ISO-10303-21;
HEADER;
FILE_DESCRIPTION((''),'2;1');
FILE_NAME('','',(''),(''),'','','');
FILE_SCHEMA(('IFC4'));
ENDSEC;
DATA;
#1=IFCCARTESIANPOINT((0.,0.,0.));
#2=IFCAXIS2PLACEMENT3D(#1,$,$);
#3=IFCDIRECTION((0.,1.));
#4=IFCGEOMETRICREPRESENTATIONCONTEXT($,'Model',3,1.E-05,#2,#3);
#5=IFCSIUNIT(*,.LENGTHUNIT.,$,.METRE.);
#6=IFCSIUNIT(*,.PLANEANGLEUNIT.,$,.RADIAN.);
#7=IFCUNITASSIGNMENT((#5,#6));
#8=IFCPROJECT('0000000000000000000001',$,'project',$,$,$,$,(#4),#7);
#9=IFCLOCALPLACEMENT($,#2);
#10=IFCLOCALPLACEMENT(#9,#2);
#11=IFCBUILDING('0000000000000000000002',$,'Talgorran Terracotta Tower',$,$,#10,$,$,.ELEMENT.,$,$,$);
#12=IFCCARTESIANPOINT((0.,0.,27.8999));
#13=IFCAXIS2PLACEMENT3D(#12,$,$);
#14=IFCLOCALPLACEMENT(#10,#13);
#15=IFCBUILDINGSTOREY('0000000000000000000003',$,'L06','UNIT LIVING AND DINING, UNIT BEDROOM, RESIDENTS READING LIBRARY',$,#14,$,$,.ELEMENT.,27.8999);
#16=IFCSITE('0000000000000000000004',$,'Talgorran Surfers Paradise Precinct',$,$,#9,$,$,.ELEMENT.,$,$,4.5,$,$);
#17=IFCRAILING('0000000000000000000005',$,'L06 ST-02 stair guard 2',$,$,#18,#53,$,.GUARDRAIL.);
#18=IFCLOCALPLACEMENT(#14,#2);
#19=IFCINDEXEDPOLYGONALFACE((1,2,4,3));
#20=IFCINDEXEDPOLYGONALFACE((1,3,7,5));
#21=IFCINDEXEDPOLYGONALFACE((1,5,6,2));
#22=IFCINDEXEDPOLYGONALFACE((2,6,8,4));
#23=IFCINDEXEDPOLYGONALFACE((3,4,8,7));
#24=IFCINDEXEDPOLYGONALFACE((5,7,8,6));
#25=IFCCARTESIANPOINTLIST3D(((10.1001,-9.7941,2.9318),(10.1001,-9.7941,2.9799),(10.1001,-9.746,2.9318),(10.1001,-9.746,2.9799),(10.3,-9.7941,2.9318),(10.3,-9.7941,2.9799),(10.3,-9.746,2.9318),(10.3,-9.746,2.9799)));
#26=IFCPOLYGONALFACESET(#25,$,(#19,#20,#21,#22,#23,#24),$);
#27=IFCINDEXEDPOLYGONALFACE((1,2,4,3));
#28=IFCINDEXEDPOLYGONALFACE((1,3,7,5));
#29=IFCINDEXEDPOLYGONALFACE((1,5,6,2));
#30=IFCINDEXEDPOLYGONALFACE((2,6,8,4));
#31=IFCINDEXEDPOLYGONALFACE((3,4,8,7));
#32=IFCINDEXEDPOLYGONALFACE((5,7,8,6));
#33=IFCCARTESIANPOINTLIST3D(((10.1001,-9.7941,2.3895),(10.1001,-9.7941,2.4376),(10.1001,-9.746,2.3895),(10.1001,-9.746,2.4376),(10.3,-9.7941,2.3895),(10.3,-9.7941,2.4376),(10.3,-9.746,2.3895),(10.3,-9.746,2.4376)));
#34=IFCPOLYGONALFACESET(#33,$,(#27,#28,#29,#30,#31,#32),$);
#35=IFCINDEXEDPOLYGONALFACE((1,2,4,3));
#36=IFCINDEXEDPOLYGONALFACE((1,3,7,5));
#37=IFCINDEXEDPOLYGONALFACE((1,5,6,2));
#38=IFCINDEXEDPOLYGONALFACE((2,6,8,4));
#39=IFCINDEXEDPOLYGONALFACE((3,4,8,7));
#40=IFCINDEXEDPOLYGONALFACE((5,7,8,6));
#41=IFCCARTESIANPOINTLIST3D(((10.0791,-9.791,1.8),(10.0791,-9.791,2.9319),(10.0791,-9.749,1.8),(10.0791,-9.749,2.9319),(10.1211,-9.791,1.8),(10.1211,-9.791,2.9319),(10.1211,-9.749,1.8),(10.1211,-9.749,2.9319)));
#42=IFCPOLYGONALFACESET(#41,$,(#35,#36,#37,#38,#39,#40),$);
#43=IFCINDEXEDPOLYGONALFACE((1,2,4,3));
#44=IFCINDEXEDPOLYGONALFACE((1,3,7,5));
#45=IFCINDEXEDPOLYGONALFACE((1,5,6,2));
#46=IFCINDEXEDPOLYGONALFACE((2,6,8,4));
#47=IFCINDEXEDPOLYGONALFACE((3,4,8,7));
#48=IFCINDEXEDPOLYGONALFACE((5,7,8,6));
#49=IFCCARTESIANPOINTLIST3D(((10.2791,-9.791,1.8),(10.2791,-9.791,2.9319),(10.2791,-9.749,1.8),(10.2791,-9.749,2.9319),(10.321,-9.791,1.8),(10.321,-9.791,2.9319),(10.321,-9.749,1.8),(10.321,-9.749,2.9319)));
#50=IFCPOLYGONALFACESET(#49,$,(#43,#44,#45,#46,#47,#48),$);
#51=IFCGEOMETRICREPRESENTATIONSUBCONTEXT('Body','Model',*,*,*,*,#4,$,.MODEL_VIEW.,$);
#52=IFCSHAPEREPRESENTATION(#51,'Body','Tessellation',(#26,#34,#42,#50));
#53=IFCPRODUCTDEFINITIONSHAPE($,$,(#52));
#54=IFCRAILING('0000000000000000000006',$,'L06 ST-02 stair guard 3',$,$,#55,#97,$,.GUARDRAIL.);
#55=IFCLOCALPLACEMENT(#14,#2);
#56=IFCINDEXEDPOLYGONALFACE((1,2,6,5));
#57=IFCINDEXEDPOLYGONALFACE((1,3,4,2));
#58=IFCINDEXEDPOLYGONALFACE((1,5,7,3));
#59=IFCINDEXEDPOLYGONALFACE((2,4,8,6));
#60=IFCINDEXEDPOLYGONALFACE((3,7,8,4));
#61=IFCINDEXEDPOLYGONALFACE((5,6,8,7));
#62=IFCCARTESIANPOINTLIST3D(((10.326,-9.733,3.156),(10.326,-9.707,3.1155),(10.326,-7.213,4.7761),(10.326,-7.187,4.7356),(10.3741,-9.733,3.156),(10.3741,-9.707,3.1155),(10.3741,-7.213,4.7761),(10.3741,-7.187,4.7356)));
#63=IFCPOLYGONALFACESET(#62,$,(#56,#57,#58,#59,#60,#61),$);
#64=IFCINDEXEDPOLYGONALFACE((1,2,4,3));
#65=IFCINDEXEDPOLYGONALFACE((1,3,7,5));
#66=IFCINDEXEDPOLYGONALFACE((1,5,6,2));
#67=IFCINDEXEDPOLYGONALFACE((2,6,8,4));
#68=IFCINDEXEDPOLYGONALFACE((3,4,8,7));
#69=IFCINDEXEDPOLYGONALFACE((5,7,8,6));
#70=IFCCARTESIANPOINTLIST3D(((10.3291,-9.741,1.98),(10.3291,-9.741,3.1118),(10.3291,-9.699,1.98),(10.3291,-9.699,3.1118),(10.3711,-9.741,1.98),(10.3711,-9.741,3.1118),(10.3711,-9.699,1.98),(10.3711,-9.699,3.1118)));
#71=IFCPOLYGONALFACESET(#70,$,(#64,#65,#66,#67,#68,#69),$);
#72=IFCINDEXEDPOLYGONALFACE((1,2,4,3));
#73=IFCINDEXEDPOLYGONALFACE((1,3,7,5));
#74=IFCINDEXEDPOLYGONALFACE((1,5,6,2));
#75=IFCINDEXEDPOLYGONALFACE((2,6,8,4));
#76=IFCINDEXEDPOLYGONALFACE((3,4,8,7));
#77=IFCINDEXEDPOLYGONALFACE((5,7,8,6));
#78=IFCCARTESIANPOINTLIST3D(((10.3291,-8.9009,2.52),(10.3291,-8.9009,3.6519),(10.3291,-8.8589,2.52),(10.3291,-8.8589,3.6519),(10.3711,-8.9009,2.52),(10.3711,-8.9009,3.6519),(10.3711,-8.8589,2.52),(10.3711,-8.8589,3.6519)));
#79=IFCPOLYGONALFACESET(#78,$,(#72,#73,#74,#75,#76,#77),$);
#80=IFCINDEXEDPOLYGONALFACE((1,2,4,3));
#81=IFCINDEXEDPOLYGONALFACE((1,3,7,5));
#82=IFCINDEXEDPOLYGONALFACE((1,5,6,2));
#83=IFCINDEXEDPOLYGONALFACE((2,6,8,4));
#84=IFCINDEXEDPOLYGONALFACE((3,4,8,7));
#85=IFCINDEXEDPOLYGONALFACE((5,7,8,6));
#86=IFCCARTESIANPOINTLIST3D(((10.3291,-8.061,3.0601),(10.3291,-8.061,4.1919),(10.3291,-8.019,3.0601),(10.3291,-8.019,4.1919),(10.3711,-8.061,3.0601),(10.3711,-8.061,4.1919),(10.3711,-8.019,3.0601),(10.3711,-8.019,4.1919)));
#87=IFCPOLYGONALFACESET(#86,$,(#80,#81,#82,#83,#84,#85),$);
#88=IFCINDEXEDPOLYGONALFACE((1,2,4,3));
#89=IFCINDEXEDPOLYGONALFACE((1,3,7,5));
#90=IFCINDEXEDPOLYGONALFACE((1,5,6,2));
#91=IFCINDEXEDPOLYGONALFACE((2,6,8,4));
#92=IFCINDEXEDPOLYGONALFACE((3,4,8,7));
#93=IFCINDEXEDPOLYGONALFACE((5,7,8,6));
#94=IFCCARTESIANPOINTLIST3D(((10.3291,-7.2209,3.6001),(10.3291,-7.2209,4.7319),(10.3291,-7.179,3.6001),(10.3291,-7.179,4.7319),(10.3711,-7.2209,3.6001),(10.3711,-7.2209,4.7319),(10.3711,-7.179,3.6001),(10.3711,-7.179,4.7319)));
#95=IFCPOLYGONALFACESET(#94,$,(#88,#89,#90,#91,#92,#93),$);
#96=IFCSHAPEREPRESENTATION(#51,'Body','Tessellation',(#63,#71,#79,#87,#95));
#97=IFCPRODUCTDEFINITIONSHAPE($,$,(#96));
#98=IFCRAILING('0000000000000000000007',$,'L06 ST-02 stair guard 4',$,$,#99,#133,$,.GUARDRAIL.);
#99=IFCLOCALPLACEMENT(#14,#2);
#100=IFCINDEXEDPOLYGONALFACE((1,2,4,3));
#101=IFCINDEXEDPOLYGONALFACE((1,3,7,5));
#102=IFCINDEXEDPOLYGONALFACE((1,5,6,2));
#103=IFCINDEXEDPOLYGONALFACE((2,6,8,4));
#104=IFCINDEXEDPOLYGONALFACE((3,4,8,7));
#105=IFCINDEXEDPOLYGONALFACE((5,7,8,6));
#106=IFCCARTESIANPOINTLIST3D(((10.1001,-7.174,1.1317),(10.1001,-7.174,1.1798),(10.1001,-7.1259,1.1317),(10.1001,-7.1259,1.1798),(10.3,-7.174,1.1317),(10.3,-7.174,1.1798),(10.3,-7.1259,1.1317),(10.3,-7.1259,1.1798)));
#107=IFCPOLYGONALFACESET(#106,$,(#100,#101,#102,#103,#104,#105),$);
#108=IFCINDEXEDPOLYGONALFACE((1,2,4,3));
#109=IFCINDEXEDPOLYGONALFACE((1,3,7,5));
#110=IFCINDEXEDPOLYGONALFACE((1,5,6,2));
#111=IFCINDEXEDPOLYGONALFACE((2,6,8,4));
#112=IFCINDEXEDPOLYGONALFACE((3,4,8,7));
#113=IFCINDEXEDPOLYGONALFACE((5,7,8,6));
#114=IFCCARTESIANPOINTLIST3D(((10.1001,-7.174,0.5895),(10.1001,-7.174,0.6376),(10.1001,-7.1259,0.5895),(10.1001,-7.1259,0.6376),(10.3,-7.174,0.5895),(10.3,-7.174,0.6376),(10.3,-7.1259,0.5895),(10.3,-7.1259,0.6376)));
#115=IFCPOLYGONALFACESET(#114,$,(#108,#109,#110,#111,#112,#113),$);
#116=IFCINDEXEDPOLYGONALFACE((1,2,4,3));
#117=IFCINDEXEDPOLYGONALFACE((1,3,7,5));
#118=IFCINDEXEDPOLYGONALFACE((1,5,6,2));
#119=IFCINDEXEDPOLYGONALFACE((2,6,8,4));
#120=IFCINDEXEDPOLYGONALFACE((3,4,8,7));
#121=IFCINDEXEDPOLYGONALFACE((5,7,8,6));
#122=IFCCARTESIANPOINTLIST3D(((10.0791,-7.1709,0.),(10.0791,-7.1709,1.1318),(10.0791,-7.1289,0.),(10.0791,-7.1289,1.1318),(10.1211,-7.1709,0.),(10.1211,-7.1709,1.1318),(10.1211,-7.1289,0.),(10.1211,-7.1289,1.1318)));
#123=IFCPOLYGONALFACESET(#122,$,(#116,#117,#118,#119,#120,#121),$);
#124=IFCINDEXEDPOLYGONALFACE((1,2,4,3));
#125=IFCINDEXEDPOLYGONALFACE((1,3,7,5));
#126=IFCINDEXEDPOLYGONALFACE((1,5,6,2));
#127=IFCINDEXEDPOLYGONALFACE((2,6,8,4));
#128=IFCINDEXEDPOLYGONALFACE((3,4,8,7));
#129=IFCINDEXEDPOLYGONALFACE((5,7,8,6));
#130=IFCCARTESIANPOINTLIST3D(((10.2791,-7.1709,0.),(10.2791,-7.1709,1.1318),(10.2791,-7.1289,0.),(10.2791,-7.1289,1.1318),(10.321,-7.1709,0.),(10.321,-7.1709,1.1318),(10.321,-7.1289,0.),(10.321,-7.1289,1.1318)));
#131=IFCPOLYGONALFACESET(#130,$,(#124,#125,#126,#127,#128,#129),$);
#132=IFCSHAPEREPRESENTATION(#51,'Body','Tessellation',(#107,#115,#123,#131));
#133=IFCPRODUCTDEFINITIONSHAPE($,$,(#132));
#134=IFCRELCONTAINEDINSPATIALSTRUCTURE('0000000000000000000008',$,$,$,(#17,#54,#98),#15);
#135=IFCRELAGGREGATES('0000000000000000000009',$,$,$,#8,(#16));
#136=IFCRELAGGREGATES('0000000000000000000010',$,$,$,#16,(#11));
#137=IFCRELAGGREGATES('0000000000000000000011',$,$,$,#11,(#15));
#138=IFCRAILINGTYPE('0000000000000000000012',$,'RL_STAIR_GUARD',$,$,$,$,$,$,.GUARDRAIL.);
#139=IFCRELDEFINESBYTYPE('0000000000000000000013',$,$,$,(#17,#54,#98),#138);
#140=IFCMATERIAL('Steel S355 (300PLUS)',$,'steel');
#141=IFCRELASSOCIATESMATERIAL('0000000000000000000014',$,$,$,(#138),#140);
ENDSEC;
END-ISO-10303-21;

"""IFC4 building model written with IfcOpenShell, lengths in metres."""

from ifc_helpers import new_model, si_unit, direction, frame, origin, origin_2d, place, context, subcontext, project, spatial, rectangle, extrude, material, type_object, element, save


model = new_model("IFC4")

# Units and contexts
model_context = context("Model", 3, precision=1e-05, world=origin(), true_north=direction((0.0, 1.0)))
body_context = subcontext(model_context, "Body", "Model", "MODEL_VIEW")
ifc_project = project(units=[si_unit("LENGTHUNIT", "METRE"), si_unit("PLANEANGLEUNIT", "RADIAN")], contexts=[model_context])

# Site, building, storey
site_placement = place(None, origin())
site = spatial("IfcSite", under=ifc_project, at=site_placement, Name="Talgorran Surfers Paradise Precinct", CompositionType="ELEMENT", RefElevation=4.5)
building_placement = place(site_placement, origin())
building = spatial("IfcBuilding", under=site, at=building_placement, Name="Talgorran Terracotta Tower", CompositionType="ELEMENT")
storey_placement = place(building_placement, frame((0.0, 0.0, 27.8999)))
storey = spatial("IfcBuildingStorey", under=building, at=storey_placement, Name="L06", Description="UNIT LIVING AND DINING, UNIT BEDROOM, RESIDENTS READING LIBRARY", CompositionType="ELEMENT", Elevation=27.8999)

# Shared definitions
ifc_material_1 = material(Name="Steel S355 (300PLUS)", Category="steel")

# Railings
railing_type_1 = type_object("IfcRailingType", Name="RL_STAIR_GUARD", PredefinedType="GUARDRAIL", material=ifc_material_1)
railing_1_placement = place(storey_placement, frame((10.1001, -9.77, 1.8)))
element("IfcRailing", 1, at=railing_1_placement, inside=storey, type_object=railing_type_1, Name="L06 ST-02 stair guard 2", PredefinedType="GUARDRAIL", context=body_context, shape_type="SweptSolid", body=[
    extrude(rectangle(XDim=0.0481, YDim=0.0481, at=origin_2d()), frame((0.0, 0.0, 1.1558), z_axis=(1.0, 0.0, 0.0), x_axis=(0.0, 1.0, 0.0)), (0.0, 0.0, 1.0), 0.2),
    extrude(rectangle(XDim=0.0481, YDim=0.0481, at=origin_2d()), frame((0.0, 0.0, 0.6135), z_axis=(1.0, 0.0, 0.0), x_axis=(0.0, 1.0, 0.0)), (0.0, 0.0, 1.0), 0.2),
    extrude(rectangle(XDim=0.042, YDim=0.042, at=origin_2d()), origin(), (0.0, 0.0, 1.0), 1.1318),
    extrude(rectangle(XDim=0.042, YDim=0.042, at=origin_2d()), frame((0.2, 0.0, 0.0)), (0.0, 0.0, 1.0), 1.1318),
])
railing_2_placement = place(storey_placement, frame((10.3501, -9.72, 1.98)))
element("IfcRailing", 2, at=railing_2_placement, inside=storey, type_object=railing_type_1, Name="L06 ST-02 stair guard 3", PredefinedType="GUARDRAIL", context=body_context, shape_type="SweptSolid", body=[
    extrude(rectangle(XDim=0.0481, YDim=0.0481, at=origin_2d()), frame((0.0, 0.0, 1.1558), z_axis=(0.0, 0.841163, 0.540782), x_axis=(-1.0, 0.0, 0.0)), (0.0, 0.0, 1.0), 2.9958),
    extrude(rectangle(XDim=0.042, YDim=0.042, at=origin_2d()), origin(), (0.0, 0.0, 1.0), 1.1318),
    extrude(rectangle(XDim=0.042, YDim=0.042, at=origin_2d()), frame((0.0, 0.8401, 0.54)), (0.0, 0.0, 1.0), 1.1318),
    extrude(rectangle(XDim=0.042, YDim=0.042, at=origin_2d()), frame((0.0, 1.6799, 1.0801)), (0.0, 0.0, 1.0), 1.1318),
    extrude(rectangle(XDim=0.042, YDim=0.042, at=origin_2d()), frame((0.0, 2.52, 1.6201)), (0.0, 0.0, 1.0), 1.1318),
])
railing_3_placement = place(storey_placement, frame((10.1001, -7.1499, 0.0)))
element("IfcRailing", 3, at=railing_3_placement, inside=storey, type_object=railing_type_1, Name="L06 ST-02 stair guard 4", PredefinedType="GUARDRAIL", context=body_context, shape_type="SweptSolid", body=[
    extrude(rectangle(XDim=0.0481, YDim=0.0481, at=origin_2d()), frame((0.0, 0.0, 1.1558), z_axis=(1.0, 0.0, 0.0), x_axis=(0.0, 1.0, 0.0)), (0.0, 0.0, 1.0), 0.2),
    extrude(rectangle(XDim=0.0481, YDim=0.0481, at=origin_2d()), frame((0.0, 0.0, 0.6135), z_axis=(1.0, 0.0, 0.0), x_axis=(0.0, 1.0, 0.0)), (0.0, 0.0, 1.0), 0.2),
    extrude(rectangle(XDim=0.042, YDim=0.042, at=origin_2d()), origin(), (0.0, 0.0, 1.0), 1.1318),
    extrude(rectangle(XDim=0.042, YDim=0.042, at=origin_2d()), frame((0.2, 0.0, 0.0)), (0.0, 0.0, 1.0), 1.1318),
])

save(model, "model.ifc")
